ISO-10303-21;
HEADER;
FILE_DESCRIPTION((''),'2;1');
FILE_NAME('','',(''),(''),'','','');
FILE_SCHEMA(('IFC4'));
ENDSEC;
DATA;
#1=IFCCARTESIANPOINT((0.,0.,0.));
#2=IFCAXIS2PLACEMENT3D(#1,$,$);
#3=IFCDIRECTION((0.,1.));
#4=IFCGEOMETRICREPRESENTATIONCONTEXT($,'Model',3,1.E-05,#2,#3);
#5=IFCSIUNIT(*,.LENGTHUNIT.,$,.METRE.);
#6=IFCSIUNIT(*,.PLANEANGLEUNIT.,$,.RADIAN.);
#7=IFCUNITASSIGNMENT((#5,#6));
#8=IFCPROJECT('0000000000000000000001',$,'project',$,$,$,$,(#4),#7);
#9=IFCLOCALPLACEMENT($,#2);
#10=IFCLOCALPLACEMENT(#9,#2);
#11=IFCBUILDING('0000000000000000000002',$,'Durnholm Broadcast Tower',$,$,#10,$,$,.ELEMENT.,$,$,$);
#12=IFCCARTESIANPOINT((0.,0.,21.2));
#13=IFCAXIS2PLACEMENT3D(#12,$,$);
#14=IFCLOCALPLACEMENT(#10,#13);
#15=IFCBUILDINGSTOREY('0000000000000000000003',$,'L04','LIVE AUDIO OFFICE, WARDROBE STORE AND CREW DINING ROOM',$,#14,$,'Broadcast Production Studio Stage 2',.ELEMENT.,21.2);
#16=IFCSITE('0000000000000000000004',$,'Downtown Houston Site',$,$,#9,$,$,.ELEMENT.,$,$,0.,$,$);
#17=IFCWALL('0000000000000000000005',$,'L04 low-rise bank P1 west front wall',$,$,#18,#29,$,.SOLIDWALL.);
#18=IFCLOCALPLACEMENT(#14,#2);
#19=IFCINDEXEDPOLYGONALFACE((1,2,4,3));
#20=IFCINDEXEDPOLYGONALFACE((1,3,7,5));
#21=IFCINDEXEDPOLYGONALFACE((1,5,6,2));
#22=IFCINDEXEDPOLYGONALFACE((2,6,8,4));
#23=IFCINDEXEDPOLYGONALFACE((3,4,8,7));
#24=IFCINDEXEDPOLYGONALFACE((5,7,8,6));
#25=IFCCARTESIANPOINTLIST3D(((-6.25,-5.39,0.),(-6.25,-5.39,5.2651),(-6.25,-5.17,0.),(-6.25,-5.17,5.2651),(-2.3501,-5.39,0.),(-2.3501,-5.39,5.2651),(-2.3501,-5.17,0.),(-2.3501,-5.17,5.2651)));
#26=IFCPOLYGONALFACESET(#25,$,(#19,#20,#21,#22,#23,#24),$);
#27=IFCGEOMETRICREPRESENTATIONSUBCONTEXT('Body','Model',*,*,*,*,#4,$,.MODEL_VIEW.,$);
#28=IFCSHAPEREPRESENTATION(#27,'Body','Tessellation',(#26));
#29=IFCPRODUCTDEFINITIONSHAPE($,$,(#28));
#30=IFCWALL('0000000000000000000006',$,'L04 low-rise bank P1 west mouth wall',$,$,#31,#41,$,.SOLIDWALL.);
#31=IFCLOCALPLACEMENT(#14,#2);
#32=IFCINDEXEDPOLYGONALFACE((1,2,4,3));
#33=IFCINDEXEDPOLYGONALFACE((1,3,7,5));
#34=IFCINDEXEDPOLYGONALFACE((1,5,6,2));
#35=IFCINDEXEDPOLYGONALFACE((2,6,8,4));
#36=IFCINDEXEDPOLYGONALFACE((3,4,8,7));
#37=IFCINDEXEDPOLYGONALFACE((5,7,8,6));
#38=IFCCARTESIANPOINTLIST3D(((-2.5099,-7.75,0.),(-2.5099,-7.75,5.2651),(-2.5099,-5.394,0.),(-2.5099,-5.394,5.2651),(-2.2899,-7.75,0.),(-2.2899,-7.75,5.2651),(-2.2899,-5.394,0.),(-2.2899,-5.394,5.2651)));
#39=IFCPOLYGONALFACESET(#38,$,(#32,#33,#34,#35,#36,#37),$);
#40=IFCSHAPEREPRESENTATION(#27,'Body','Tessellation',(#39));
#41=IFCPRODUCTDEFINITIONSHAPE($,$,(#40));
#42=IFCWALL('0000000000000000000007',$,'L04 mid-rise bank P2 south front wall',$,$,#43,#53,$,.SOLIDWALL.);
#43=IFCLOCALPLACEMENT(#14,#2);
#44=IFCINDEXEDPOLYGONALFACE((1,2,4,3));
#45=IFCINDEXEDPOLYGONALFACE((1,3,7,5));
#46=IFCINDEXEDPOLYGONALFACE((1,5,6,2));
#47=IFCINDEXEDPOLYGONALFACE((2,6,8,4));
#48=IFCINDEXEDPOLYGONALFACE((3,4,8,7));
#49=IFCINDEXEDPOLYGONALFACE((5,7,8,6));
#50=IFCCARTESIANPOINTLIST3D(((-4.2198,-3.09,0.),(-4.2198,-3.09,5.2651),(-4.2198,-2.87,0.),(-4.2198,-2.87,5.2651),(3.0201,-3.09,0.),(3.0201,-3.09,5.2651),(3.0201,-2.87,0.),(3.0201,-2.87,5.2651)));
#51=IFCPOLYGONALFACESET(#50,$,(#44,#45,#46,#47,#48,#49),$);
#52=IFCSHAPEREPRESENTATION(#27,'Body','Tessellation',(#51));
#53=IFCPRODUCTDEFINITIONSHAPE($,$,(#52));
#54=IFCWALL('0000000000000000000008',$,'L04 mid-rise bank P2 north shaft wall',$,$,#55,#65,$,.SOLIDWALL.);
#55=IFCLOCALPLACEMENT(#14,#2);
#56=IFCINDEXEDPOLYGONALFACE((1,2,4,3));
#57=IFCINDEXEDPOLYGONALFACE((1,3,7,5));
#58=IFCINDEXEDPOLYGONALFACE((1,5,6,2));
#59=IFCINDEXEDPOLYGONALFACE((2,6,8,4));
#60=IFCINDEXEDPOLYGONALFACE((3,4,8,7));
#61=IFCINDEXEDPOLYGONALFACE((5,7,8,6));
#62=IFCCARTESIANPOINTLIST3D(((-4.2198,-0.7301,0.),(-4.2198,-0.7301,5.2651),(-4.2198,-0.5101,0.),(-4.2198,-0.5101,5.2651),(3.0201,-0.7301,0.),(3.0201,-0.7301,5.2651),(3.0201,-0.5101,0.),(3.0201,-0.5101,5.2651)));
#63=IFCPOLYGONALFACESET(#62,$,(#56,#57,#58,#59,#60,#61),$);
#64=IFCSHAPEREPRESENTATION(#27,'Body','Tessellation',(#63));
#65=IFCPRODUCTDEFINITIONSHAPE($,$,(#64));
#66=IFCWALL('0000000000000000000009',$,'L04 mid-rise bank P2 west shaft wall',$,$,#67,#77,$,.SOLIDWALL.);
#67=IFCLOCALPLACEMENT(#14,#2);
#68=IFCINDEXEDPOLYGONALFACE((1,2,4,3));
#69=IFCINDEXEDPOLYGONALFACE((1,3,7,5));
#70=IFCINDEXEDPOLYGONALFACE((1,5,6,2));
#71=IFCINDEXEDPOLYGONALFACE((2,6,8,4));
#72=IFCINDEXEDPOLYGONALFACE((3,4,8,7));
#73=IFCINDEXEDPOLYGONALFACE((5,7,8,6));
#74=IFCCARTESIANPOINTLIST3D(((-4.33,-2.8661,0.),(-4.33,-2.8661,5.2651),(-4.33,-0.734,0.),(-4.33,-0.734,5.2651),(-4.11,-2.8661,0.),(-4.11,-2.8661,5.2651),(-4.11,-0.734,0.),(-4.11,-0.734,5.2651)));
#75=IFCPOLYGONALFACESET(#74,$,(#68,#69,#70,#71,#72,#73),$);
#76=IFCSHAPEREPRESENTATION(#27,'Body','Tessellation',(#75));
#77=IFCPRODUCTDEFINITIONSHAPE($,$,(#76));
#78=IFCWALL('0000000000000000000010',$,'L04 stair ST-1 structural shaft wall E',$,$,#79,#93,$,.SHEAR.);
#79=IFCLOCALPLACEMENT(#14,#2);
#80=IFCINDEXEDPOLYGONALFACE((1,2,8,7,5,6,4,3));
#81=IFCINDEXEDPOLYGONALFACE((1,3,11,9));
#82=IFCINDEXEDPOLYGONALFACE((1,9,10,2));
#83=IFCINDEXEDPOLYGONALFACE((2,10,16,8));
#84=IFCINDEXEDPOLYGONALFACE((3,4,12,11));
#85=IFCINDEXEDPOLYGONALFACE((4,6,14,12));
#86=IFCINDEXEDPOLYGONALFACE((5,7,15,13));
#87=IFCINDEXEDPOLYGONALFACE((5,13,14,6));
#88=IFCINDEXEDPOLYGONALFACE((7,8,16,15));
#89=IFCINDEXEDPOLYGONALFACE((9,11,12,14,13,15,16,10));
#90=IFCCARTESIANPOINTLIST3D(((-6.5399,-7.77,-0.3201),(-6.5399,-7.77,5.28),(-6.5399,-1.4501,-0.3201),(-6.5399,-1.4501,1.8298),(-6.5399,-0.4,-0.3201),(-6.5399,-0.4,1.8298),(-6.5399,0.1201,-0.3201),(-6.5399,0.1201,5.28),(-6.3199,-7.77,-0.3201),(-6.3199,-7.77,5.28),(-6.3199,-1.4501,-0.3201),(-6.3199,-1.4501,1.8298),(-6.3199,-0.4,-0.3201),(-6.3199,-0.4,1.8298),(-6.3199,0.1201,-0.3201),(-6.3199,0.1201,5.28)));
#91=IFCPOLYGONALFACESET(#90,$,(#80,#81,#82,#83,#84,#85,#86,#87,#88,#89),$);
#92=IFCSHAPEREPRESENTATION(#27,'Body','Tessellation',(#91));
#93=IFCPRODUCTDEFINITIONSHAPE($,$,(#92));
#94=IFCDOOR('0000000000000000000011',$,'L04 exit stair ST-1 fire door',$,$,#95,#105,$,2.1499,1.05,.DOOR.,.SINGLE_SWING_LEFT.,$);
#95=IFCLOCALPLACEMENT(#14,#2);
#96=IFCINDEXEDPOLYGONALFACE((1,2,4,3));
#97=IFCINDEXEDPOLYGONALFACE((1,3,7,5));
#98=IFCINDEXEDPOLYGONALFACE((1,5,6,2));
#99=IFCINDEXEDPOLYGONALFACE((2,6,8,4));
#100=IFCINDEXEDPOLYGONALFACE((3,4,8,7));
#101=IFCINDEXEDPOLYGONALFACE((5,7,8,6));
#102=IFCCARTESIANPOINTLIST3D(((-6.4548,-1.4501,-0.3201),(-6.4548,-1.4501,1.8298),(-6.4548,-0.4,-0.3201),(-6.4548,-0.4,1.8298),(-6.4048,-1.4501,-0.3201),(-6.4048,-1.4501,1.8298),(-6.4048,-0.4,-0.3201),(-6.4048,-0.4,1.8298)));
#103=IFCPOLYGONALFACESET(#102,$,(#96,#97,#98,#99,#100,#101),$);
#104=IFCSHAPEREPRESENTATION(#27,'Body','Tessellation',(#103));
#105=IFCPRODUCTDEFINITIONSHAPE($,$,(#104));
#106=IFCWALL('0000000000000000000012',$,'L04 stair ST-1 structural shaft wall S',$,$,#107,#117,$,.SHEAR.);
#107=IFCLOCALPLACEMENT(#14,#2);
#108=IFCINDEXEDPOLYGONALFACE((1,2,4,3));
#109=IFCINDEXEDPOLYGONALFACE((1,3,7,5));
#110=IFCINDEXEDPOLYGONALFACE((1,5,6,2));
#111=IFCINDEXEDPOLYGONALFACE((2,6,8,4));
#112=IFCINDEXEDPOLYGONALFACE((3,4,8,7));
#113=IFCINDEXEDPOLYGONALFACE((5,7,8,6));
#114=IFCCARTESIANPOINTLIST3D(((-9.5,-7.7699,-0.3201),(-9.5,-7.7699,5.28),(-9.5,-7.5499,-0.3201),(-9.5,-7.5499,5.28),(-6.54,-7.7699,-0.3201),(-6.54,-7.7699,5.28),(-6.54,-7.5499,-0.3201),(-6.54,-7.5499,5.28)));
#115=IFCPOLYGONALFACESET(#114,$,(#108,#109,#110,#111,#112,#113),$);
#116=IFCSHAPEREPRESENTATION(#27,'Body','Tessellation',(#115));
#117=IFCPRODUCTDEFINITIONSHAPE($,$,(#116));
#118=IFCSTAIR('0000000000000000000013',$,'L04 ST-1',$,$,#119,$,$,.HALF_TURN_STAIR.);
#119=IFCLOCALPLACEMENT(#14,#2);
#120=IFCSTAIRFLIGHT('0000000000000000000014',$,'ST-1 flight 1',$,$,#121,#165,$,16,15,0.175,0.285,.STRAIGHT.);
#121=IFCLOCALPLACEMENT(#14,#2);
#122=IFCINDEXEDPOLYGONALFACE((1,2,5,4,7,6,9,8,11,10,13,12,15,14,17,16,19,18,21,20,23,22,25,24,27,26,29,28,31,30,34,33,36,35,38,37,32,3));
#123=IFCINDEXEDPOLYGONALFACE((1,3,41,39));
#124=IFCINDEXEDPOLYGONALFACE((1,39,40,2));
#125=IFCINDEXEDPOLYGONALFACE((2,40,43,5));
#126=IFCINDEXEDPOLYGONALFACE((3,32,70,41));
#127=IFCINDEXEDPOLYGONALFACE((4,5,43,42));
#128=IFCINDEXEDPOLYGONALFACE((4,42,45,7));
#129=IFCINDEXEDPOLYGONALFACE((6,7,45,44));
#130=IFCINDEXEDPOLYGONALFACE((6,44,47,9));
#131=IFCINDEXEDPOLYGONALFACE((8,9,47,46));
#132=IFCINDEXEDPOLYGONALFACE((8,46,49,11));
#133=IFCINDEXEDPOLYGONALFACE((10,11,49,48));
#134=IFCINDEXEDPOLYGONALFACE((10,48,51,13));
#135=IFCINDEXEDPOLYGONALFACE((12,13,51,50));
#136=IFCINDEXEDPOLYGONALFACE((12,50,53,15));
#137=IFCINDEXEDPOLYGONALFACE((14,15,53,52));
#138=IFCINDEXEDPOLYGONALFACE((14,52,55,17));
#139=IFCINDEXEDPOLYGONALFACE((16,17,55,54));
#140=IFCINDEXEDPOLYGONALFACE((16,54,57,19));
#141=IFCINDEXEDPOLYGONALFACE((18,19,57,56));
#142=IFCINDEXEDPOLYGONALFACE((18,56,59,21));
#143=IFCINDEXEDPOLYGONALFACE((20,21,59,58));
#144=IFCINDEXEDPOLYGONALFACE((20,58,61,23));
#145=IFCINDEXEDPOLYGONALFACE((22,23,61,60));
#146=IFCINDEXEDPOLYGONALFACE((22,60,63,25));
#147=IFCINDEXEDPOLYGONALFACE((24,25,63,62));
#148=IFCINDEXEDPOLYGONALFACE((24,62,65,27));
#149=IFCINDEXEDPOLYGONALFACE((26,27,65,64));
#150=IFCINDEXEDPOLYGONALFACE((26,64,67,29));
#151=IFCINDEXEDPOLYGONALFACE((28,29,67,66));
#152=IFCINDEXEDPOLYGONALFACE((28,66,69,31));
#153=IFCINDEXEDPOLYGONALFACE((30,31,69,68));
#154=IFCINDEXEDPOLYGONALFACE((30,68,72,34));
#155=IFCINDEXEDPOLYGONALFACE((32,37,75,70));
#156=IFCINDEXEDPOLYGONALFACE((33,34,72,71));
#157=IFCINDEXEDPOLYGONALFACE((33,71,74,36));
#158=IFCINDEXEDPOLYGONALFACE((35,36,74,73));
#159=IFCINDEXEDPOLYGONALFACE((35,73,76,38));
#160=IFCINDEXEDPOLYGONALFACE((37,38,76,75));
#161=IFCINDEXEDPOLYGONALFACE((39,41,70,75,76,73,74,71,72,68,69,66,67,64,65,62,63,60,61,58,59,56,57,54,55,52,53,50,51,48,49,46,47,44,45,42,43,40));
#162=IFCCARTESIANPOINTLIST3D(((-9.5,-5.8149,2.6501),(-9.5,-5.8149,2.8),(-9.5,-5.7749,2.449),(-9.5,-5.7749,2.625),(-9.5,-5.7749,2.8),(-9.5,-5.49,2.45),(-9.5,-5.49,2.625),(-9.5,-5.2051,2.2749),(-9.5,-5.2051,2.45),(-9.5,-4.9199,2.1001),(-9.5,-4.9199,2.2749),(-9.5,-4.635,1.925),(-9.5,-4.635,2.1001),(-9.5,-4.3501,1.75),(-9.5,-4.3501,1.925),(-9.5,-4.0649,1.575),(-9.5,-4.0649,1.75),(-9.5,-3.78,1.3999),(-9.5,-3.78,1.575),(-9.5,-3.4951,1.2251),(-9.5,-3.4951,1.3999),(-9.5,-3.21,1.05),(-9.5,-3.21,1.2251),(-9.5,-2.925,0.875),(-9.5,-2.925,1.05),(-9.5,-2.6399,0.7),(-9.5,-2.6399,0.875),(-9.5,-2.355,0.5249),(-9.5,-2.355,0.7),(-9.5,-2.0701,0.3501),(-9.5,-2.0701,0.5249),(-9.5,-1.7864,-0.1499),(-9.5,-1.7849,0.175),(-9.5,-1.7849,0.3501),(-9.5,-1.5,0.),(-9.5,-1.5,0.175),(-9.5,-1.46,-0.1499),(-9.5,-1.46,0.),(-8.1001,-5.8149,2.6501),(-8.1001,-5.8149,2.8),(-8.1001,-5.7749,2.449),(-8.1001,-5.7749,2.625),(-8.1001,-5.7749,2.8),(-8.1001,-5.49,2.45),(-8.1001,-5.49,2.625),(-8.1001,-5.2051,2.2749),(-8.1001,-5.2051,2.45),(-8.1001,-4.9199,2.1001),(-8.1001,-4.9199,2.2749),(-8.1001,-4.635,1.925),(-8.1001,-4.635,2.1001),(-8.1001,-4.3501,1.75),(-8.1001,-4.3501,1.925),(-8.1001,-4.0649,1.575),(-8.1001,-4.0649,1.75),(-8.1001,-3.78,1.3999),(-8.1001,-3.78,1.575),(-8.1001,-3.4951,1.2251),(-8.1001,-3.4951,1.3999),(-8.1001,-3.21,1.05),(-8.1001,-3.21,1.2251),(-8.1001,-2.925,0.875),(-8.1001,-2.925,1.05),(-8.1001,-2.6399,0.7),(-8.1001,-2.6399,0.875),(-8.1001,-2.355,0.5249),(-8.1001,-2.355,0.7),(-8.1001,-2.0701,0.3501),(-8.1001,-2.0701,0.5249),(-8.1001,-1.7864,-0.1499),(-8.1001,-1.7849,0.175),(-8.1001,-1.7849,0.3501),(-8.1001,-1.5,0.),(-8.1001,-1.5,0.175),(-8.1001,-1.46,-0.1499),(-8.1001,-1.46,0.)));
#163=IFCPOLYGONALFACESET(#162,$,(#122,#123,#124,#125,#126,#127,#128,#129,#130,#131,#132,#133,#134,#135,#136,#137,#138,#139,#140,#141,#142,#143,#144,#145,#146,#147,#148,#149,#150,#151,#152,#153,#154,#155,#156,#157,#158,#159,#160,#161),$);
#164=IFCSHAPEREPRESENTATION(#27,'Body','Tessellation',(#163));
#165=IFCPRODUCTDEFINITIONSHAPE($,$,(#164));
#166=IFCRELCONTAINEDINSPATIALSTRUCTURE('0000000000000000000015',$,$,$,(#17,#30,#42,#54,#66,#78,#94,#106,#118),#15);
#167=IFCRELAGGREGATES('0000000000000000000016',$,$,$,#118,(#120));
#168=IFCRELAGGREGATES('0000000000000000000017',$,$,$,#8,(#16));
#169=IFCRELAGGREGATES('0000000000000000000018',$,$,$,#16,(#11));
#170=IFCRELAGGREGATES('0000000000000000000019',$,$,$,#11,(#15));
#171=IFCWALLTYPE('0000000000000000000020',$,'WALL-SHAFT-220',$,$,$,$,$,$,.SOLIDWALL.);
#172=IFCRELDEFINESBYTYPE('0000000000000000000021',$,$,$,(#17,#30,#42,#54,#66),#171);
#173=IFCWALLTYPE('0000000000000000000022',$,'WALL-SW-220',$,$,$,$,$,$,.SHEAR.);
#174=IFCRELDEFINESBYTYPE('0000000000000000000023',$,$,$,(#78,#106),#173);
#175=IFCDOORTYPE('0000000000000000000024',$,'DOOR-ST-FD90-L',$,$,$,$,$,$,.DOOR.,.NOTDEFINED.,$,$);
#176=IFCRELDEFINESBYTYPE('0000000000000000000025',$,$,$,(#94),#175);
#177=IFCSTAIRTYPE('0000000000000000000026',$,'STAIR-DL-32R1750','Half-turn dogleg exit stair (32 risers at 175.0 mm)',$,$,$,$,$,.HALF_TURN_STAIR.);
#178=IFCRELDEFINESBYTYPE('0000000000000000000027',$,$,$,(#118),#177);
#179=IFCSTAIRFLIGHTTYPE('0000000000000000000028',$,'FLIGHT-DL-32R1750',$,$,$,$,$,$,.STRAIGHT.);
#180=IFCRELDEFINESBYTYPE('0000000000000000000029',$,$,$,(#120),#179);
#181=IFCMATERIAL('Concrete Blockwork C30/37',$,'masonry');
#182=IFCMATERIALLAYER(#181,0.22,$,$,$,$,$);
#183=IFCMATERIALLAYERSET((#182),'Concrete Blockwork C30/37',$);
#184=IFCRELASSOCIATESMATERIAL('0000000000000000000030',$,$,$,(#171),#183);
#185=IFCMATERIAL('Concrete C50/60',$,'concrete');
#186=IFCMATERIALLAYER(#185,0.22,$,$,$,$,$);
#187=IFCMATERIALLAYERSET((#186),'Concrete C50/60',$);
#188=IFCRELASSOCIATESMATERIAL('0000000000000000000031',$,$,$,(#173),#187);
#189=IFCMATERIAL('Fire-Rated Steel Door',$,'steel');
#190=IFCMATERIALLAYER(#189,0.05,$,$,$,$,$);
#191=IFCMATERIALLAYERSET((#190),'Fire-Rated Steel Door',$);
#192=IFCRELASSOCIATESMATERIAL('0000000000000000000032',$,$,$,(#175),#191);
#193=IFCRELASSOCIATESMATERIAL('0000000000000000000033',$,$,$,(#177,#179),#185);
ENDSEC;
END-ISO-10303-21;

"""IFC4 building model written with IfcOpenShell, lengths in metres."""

from ifc_helpers import new_model, si_unit, direction, frame, frame_2d, origin, place, context, subcontext, project, spatial, polyline, rectangle, outline, extrude, source, transform, mapped, material, layer, layer_set, type_object, type_shapes, element, fill, aggregate, save


model = new_model("IFC4")

# Units and contexts
model_context = context("Model", 3, precision=1e-05, world=origin(), true_north=direction((0.0, 1.0)))
body_context = subcontext(model_context, "Body", "Model", "MODEL_VIEW")
ifc_project = project(units=[si_unit("LENGTHUNIT", "METRE"), si_unit("PLANEANGLEUNIT", "RADIAN")], contexts=[model_context])

# Site, building, storey
site_placement = place(None, origin())
site = spatial("IfcSite", under=ifc_project, at=site_placement, Name="Downtown Houston Site", CompositionType="ELEMENT", RefElevation=0.0)
building_placement = place(site_placement, origin())
building = spatial("IfcBuilding", under=site, at=building_placement, Name="Durnholm Broadcast Tower", CompositionType="ELEMENT")
storey_placement = place(building_placement, frame((0.0, 0.0, 21.2)))
storey = spatial("IfcBuildingStorey", under=building, at=storey_placement, Name="L04", Description="LIVE AUDIO OFFICE, WARDROBE STORE AND CREW DINING ROOM", LongName="Broadcast Production Studio Stage 2", CompositionType="ELEMENT", Elevation=21.2)

# Walls
ifc_material_1 = material(Name="Concrete Blockwork C30/37", Category="masonry")
ifc_layer_1 = layer(ifc_material_1, 0.22)
ifc_layer_set_1 = layer_set([ifc_layer_1], Name="Concrete Blockwork C30/37")
wall_type_1 = type_object("IfcWallType", Name="WALL-SHAFT-220", PredefinedType="SOLIDWALL", material=ifc_layer_set_1)
wall_1_placement = place(storey_placement, frame((-6.25, -5.28, 0.0), z_axis=(0.0, 0.0, 1.0), x_axis=(1.0, 0.0, 0.0)))
element("IfcWall", 1, at=wall_1_placement, inside=storey, type_object=wall_type_1, Name="L04 low-rise bank P1 west front wall", PredefinedType="SOLIDWALL", context=body_context, shape_type="SweptSolid", body=[
    extrude(rectangle(XDim=3.8999, YDim=0.22, at=frame_2d((1.95, 0.0))), origin(), (0.0, 0.0, 1.0), 5.2651),
])
wall_2_placement = place(storey_placement, frame((-2.3999, -7.75, 0.0), z_axis=(0.0, 0.0, 1.0), x_axis=(0.0, 1.0, 0.0)))
element("IfcWall", 2, at=wall_2_placement, inside=storey, type_object=wall_type_1, Name="L04 low-rise bank P1 west mouth wall", PredefinedType="SOLIDWALL", context=body_context, shape_type="SweptSolid", body=[
    extrude(rectangle(XDim=2.356, YDim=0.22, at=frame_2d((1.178, 0.0))), origin(), (0.0, 0.0, 1.0), 5.2651),
])
for number, where, z_axis, x_axis, name in (
    (3, (-4.22, -2.98, 0.0), (0.0, 0.0, 1.0), (1.0, 0.0, 0.0), "L04 mid-rise bank P2 south front wall"),
    (4, (-4.22, -0.6201, 0.0), (0.0, 0.0, 1.0), (1.0, 0.0, 0.0), "L04 mid-rise bank P2 north shaft wall"),
):
    element("IfcWall", number, at=place(storey_placement, frame(where, z_axis=z_axis, x_axis=x_axis)), inside=storey, type_object=wall_type_1, Name=name, PredefinedType="SOLIDWALL", context=body_context, shape_type="SweptSolid", body=[
        extrude(rectangle(XDim=7.24, YDim=0.22, at=frame_2d((3.6201, 0.0))), origin(), (0.0, 0.0, 1.0), 5.2651),
    ])
wall_3_placement = place(storey_placement, frame((-4.22, -2.866, 0.0), z_axis=(0.0, 0.0, 1.0), x_axis=(0.0, 1.0, 0.0)))
element("IfcWall", 5, at=wall_3_placement, inside=storey, type_object=wall_type_1, Name="L04 mid-rise bank P2 west shaft wall", PredefinedType="SOLIDWALL", context=body_context, shape_type="SweptSolid", body=[
    extrude(rectangle(XDim=2.1321, YDim=0.22, at=frame_2d((1.0659, 0.0))), origin(), (0.0, 0.0, 1.0), 5.2651),
])

# Wall, opening, door
ifc_material_2 = material(Name="Concrete C50/60", Category="concrete")
ifc_layer_2 = layer(ifc_material_2, 0.22)
ifc_layer_set_2 = layer_set([ifc_layer_2], Name="Concrete C50/60")
wall_type_2 = type_object("IfcWallType", Name="WALL-SW-220", PredefinedType="SHEAR", material=ifc_layer_set_2)
wall_4_placement = place(storey_placement, frame((-6.4299, -7.77, -0.3201), z_axis=(0.0, 0.0, 1.0), x_axis=(0.0, 1.0, 0.0)))
wall_4 = element("IfcWall", 6, at=wall_4_placement, inside=storey, type_object=wall_type_2, Name="L04 stair ST-1 structural shaft wall E", PredefinedType="SHEAR", context=body_context, shape_type="SweptSolid", body=[
    extrude(rectangle(XDim=7.8901, YDim=0.22, at=frame_2d((3.9451, 0.0))), origin(), (0.0, 0.0, 1.0), 5.6001),
])
opening_placement = place(wall_4_placement, frame((6.3201, 0.0, 0.0)))
opening = element("IfcOpeningElement", 7, at=opening_placement, cuts=wall_4, PredefinedType="OPENING", context=body_context, shape_type="SweptSolid", body=[
    extrude(rectangle(XDim=1.05, YDim=2.1499, at=frame_2d((0.5249, 1.075))), frame((0.0, 0.1201, 0.0), z_axis=(0.0, -1.0, 0.0), x_axis=(1.0, 0.0, 0.0)), (0.0, 0.0, 1.0), 0.24),
])
ifc_material_3 = material(Name="Fire-Rated Steel Door", Category="steel")
ifc_layer_3 = layer(ifc_material_3, 0.05)
ifc_layer_set_3 = layer_set([ifc_layer_3], Name="Fire-Rated Steel Door")
door_type = type_object("IfcDoorType", Name="DOOR-ST-FD90-L", OperationType="NOTDEFINED", PredefinedType="DOOR", material=ifc_layer_set_3)
shared_shape_1 = source(origin(), body_context, "Body", "SweptSolid", [
    extrude(rectangle(XDim=1.05, YDim=2.1499, at=frame_2d((0.5249, 1.075))), frame((0.0, 0.0249, 0.0), z_axis=(0.0, -1.0, 0.0), x_axis=(1.0, 0.0, 0.0)), (0.0, 0.0, 1.0), 0.05),
])
type_shapes(door_type, [shared_shape_1])
door_placement = place(opening_placement, origin())
door = element("IfcDoor", 8, at=door_placement, inside=storey, type_object=door_type, Name="L04 exit stair ST-1 fire door", OperationType="SINGLE_SWING_LEFT", OverallHeight=2.1499, OverallWidth=1.05, PredefinedType="DOOR", context=body_context, shape_type="MappedRepresentation", body=[
    mapped(shared_shape_1, transform((0.0, 0.0, 0.0), x_axis=(1.0, 0.0, 0.0), y_axis=(0.0, 1.0, 0.0), z_axis=(0.0, 0.0, 1.0), scale=1.0)),
])
fill(opening, door)

# Wall
wall_5_placement = place(storey_placement, frame((-9.5, -7.6599, -0.3201), z_axis=(0.0, 0.0, 1.0), x_axis=(1.0, 0.0, 0.0)))
element("IfcWall", 9, at=wall_5_placement, inside=storey, type_object=wall_type_2, Name="L04 stair ST-1 structural shaft wall S", PredefinedType="SHEAR", context=body_context, shape_type="SweptSolid", body=[
    extrude(rectangle(XDim=2.96, YDim=0.22, at=frame_2d((1.48, 0.0))), origin(), (0.0, 0.0, 1.0), 5.6001),
])

# Stair, stair flight
stair_type = type_object("IfcStairType", Name="STAIR-DL-32R1750", Description="Half-turn dogleg exit stair (32 risers at 175.0 mm)", PredefinedType="HALF_TURN_STAIR", material=ifc_material_2)
stair_placement = place(storey_placement, origin())
stair = element("IfcStair", 10, at=stair_placement, inside=storey, type_object=stair_type, Name="L04 ST-1", PredefinedType="HALF_TURN_STAIR")
stair_flight_type = type_object("IfcStairFlightType", Name="FLIGHT-DL-32R1750", PredefinedType="STRAIGHT", material=ifc_material_2)
stair_flight_1_placement = place(storey_placement, frame((-8.8, -1.5, 0.0), z_axis=(0.0, 0.0, 1.0), x_axis=(0.0, -1.0, 0.0)))
stair_flight_1 = element("IfcStairFlight", 11, at=stair_flight_1_placement, type_object=stair_flight_type, Name="ST-1 flight 1", NumberOfRisers=16, NumberOfTreads=15, PredefinedType="STRAIGHT", RiserHeight=0.175, TreadLength=0.285, context=body_context, shape_type="SweptSolid", body=[
    extrude(outline(polyline([(-0.04, -0.1499), (-0.04, 0.0), (0.0, 0.0), (0.0, 0.175), (0.2849, 0.175), (0.2849, 0.3501), (0.5701, 0.3501), (0.5701, 0.5249), (0.855, 0.5249), (0.855, 0.7), (1.1399, 0.7), (1.1399, 0.875), (1.425, 0.875), (1.425, 1.05), (1.71, 1.05), (1.71, 1.2251), (1.9951, 1.2251), (1.9951, 1.3999), (2.28, 1.3999), (2.28, 1.575), (2.5649, 1.575), (2.5649, 1.75), (2.8501, 1.75), (2.8501, 1.925), (3.135, 1.925), (3.135, 2.1001), (3.4199, 2.1001), (3.4199, 2.2749), (3.7051, 2.2749), (3.7051, 2.45), (3.99, 2.45), (3.99, 2.625), (4.2749, 2.625), (4.2749, 2.8), (4.3149, 2.8), (4.3149, 2.6501), (4.2749, 2.449), (0.2864, -0.1499), (-0.04, -0.1499)])), frame((0.0, 0.7, 0.0), z_axis=(0.0, -1.0, 0.0), x_axis=(1.0, 0.0, 0.0)), (0.0, 0.0, 1.0), 1.3999),
])
aggregate(stair, [stair_flight_1])

save(model, "model.ifc")
